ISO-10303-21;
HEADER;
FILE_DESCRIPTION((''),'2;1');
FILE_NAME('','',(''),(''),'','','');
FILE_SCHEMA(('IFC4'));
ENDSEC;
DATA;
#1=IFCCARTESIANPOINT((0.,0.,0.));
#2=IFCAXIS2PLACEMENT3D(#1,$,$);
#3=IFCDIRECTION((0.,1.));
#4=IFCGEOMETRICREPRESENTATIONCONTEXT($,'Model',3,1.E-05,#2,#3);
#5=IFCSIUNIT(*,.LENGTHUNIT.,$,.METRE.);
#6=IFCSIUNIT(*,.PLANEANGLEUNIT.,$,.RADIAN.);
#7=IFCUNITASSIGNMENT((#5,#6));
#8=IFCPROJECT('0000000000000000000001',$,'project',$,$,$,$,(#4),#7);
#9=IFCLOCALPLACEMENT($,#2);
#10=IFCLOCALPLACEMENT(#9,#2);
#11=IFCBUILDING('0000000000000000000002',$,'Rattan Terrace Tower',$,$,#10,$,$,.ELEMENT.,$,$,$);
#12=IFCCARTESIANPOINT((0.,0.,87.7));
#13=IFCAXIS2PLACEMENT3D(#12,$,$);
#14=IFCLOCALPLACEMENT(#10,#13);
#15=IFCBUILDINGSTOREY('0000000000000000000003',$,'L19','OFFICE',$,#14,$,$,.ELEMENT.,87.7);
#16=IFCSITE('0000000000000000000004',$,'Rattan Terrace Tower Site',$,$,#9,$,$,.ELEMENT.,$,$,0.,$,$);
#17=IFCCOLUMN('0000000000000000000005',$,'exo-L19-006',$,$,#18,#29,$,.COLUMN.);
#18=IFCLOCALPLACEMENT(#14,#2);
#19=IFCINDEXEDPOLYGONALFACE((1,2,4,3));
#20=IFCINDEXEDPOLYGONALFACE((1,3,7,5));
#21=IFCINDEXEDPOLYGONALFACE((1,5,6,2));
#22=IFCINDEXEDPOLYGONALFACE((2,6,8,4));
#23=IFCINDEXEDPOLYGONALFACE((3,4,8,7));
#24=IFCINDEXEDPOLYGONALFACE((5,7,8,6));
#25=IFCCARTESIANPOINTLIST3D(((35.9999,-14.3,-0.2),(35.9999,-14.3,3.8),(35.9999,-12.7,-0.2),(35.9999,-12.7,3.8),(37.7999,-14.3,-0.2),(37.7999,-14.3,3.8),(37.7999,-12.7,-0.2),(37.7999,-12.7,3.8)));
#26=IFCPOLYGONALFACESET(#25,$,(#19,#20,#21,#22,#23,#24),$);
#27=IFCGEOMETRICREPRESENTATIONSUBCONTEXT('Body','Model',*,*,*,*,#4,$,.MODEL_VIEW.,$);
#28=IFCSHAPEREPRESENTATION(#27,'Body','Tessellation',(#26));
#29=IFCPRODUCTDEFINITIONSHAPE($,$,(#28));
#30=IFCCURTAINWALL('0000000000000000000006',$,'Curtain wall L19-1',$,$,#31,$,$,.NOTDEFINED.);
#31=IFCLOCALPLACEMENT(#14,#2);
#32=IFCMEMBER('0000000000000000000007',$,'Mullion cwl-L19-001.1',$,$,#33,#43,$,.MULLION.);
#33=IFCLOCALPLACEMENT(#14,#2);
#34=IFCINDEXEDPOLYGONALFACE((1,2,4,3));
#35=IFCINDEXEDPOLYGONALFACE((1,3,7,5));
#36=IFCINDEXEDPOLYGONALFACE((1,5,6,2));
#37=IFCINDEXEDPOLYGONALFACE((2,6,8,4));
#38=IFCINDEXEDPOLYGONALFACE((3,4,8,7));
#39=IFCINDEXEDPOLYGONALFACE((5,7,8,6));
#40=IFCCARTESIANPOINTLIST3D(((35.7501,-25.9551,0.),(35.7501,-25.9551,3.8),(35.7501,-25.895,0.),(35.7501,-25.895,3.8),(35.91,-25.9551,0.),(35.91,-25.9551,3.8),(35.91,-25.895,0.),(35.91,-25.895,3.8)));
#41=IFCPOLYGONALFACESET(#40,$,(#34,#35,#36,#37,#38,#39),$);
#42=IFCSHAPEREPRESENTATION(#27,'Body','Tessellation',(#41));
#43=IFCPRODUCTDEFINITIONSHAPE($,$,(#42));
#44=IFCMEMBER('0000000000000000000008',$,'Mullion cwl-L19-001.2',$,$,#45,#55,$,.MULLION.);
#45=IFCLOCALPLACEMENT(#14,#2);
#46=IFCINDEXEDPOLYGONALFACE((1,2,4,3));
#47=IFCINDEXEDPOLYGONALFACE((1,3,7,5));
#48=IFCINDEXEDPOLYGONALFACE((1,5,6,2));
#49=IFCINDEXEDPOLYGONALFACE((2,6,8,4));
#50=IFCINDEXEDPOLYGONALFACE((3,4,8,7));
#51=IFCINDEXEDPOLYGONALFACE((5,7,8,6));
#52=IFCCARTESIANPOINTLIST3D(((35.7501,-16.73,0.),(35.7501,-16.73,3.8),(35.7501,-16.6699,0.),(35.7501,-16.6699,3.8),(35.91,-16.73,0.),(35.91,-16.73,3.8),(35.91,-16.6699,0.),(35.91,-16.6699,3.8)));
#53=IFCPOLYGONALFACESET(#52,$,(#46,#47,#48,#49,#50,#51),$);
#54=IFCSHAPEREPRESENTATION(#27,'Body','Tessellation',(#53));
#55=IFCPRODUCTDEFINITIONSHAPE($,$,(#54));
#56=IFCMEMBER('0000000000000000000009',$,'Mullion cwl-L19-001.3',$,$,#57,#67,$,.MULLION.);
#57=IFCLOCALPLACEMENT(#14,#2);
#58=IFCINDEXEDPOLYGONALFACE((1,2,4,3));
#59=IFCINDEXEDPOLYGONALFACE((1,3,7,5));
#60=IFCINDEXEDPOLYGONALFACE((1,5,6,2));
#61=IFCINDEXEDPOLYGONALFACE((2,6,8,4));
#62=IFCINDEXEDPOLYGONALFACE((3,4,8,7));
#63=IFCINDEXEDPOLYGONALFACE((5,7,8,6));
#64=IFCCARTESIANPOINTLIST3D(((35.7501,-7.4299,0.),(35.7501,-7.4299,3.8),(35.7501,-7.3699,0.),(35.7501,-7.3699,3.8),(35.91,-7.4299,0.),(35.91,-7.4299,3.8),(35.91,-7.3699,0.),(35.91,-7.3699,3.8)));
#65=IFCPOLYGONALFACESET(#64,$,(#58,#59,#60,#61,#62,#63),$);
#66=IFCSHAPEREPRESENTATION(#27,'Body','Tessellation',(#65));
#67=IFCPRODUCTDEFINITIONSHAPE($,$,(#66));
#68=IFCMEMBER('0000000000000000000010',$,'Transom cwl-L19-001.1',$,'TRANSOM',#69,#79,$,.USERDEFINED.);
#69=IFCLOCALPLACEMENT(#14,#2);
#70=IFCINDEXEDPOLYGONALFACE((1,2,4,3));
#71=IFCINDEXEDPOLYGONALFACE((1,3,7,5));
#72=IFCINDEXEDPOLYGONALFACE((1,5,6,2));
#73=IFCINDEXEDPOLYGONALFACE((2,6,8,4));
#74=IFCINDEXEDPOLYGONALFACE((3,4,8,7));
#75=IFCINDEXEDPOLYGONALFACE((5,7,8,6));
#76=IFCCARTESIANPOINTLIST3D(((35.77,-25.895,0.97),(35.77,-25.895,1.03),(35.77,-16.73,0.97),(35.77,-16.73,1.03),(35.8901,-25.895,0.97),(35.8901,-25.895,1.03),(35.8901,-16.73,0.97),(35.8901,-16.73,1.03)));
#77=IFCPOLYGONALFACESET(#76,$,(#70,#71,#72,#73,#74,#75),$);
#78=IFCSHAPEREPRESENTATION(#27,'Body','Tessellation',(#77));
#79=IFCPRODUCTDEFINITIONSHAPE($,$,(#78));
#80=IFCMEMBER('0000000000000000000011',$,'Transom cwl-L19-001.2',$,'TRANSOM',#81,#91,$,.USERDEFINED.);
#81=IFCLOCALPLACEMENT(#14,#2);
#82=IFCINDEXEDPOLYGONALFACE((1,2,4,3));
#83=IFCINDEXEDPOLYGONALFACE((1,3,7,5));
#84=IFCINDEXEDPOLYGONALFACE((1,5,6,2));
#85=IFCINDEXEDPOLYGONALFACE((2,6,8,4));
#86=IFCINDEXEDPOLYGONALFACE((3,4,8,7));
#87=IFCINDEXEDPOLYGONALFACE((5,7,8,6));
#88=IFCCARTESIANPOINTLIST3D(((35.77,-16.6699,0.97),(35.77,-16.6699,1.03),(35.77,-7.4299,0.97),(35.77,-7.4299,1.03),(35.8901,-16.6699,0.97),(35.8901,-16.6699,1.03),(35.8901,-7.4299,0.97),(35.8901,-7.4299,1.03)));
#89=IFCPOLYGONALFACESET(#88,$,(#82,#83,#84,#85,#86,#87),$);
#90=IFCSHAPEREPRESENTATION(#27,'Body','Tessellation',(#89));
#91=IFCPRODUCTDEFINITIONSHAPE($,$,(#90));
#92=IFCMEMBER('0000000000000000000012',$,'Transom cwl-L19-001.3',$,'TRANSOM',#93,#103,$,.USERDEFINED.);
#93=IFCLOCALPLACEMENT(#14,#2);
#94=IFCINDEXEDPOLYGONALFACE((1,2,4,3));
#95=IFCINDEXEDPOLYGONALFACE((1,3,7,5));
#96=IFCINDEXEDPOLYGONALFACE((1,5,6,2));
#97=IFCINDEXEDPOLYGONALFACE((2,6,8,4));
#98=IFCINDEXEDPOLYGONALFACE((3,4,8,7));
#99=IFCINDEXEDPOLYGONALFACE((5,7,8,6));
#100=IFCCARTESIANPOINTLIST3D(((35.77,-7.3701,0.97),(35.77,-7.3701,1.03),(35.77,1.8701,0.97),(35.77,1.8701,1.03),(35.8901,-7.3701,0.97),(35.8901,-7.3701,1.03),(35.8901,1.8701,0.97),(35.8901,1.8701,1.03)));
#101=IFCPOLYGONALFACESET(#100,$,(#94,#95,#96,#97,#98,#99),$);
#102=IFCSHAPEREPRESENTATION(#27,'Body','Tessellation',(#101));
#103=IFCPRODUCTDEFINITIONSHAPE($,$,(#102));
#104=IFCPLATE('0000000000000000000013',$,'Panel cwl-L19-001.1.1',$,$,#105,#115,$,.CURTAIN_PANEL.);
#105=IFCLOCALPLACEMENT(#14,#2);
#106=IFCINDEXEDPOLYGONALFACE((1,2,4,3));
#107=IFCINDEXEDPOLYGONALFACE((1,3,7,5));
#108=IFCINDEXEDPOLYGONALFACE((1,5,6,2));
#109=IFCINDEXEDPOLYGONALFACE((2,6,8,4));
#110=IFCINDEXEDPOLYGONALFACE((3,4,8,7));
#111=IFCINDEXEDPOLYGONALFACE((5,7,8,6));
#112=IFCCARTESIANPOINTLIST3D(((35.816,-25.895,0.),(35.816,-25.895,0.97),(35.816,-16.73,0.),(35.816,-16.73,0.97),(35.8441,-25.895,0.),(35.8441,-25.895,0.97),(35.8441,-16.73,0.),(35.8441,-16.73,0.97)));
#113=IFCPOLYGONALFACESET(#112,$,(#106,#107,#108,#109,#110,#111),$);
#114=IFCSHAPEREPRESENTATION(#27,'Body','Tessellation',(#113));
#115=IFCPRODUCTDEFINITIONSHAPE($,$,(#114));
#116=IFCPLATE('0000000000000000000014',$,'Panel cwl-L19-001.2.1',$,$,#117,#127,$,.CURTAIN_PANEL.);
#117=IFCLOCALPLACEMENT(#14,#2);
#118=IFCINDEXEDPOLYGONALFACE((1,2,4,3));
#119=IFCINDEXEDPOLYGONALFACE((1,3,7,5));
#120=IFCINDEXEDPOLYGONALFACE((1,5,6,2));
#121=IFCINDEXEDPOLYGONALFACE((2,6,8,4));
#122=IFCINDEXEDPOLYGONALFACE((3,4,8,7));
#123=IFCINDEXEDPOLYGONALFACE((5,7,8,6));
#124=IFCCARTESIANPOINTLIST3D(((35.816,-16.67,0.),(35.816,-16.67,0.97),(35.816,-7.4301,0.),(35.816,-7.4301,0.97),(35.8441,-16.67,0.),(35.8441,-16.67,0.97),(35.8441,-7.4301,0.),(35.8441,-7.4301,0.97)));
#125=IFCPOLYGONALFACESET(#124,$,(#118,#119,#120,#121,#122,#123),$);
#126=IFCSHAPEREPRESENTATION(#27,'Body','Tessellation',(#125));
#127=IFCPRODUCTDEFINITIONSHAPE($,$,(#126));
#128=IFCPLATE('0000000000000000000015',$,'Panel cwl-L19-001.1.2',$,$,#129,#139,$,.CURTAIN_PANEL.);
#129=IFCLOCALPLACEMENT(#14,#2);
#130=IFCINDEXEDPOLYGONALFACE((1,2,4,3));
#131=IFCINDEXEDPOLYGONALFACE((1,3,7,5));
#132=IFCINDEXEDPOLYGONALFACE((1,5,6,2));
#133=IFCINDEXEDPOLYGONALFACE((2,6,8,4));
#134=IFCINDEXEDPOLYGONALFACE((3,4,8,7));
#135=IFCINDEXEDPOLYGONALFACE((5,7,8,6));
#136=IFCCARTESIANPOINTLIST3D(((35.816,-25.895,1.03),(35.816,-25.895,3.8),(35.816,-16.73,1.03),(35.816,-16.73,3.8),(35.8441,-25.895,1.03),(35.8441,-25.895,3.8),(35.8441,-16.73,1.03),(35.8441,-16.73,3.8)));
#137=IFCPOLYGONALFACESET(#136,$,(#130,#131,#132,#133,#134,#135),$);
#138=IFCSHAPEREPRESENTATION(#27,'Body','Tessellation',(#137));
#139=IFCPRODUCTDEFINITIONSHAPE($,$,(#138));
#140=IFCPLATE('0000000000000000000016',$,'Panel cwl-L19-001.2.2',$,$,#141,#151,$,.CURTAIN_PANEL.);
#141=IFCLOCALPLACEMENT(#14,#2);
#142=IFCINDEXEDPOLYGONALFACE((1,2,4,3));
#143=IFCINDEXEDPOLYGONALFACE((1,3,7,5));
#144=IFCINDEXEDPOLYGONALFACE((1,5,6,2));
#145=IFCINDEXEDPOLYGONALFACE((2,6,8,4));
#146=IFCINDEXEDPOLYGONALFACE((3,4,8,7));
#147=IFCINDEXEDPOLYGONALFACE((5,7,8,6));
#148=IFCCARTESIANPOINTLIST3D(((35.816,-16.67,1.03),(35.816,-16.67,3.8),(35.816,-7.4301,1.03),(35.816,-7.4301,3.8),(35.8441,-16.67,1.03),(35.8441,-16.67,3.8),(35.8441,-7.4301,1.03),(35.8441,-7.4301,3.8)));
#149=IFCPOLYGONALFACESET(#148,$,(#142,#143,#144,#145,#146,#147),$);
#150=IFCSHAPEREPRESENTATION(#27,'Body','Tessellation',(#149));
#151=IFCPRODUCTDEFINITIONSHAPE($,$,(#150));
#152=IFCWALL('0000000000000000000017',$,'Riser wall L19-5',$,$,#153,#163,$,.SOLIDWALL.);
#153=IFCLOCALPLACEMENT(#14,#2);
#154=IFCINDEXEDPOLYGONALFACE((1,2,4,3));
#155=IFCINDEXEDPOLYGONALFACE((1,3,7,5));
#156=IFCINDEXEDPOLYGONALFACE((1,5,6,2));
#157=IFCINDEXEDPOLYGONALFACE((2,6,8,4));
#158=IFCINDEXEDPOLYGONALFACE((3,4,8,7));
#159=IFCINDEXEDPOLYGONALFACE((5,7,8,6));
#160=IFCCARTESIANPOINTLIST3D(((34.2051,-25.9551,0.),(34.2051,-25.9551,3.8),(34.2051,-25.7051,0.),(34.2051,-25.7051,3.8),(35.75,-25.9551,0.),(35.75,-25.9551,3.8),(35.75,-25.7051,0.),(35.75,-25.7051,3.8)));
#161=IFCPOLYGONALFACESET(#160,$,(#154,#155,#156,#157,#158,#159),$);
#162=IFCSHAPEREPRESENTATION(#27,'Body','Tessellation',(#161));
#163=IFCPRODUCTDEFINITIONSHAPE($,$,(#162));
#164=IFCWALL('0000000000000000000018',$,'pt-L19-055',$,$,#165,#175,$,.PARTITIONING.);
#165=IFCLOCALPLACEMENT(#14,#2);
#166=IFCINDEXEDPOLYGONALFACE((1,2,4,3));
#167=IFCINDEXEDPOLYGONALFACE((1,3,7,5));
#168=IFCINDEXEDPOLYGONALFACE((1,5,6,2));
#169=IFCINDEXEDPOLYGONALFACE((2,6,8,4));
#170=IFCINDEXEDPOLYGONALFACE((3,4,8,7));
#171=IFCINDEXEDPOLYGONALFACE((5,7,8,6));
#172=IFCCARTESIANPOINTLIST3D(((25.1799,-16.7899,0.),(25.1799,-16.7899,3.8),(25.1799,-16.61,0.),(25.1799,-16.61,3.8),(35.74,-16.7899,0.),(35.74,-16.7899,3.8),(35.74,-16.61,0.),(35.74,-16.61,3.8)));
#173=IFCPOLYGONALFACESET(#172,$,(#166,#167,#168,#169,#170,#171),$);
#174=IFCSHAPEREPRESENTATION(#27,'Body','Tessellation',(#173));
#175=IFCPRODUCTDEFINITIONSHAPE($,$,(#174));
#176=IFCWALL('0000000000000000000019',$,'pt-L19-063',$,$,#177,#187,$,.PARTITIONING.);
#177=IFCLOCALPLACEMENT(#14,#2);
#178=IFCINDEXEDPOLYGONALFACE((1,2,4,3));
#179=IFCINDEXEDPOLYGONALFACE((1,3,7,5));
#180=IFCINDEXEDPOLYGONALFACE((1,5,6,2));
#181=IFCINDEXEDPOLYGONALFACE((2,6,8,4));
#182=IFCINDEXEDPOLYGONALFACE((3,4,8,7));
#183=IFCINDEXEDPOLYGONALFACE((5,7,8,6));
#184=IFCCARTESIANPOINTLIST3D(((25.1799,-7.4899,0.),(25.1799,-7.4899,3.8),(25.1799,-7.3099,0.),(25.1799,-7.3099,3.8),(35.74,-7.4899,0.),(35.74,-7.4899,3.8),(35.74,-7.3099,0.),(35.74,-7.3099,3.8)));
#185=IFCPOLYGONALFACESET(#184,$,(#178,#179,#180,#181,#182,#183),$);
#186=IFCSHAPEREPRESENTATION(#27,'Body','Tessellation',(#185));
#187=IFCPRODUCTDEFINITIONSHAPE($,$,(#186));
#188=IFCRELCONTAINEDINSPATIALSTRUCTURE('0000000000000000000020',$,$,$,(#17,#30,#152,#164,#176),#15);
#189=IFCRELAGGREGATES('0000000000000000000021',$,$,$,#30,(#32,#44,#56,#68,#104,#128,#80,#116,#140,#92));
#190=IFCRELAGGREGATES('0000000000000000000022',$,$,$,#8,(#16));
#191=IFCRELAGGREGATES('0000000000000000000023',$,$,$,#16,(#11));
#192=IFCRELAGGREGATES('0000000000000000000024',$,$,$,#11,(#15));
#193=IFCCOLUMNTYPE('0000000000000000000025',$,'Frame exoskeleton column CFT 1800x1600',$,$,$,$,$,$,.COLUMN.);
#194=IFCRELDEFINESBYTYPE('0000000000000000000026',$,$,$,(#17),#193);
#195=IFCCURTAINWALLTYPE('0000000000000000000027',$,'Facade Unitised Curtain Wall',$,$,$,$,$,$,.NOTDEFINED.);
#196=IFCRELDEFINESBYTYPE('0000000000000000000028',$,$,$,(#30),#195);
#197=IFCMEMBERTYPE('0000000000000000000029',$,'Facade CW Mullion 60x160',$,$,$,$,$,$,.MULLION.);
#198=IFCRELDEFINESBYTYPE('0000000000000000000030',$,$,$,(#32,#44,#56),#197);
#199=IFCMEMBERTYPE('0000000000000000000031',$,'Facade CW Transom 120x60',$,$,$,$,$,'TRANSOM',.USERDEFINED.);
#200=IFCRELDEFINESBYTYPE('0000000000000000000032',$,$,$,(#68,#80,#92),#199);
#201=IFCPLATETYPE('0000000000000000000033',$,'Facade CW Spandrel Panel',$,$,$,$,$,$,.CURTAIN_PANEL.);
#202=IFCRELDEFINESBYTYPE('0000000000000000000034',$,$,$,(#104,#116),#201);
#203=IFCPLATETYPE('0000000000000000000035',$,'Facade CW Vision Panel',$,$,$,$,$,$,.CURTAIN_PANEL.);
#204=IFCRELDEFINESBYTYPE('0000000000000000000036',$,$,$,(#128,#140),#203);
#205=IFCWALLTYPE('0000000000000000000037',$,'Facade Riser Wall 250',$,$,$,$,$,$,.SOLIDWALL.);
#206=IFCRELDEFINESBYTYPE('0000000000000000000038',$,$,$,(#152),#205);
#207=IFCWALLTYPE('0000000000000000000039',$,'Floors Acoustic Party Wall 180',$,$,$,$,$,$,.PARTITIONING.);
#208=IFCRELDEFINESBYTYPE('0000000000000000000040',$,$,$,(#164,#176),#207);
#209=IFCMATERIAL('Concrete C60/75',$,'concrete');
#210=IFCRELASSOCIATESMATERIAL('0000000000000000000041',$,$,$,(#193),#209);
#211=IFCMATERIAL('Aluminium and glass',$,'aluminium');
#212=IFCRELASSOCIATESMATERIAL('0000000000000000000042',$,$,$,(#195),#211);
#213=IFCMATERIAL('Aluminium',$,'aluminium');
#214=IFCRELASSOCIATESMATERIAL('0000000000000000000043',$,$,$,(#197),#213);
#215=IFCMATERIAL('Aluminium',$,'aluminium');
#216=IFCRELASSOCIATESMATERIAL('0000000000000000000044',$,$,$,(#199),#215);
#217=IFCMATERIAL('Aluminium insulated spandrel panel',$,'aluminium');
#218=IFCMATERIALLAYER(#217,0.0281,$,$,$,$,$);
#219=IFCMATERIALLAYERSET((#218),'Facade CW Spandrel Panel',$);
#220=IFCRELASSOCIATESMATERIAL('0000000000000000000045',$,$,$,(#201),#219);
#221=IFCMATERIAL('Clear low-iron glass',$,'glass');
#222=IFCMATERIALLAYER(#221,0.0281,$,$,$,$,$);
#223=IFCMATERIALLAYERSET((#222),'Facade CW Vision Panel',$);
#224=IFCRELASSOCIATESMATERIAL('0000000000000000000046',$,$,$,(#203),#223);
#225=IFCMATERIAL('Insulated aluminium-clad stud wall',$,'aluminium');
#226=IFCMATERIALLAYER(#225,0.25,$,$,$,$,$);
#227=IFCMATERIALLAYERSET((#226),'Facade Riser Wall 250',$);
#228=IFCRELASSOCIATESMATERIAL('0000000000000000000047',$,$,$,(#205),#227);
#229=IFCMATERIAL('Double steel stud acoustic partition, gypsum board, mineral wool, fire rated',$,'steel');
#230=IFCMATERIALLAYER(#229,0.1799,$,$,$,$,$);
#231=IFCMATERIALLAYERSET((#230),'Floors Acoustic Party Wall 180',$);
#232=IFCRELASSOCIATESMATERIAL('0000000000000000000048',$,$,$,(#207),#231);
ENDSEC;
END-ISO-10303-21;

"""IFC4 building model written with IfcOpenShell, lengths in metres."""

from ifc_helpers import new_model, si_unit, direction, frame, frame_2d, origin, origin_2d, place, context, subcontext, project, spatial, rectangle, extrude, material, layer, layer_set, material_profile, profile_set, type_object, element, aggregate, save


model = new_model("IFC4")

# Units and contexts
model_context = context("Model", 3, precision=1e-05, world=origin(), true_north=direction((0.0, 1.0)))
body_context = subcontext(model_context, "Body", "Model", "MODEL_VIEW")
ifc_project = project(units=[si_unit("LENGTHUNIT", "METRE"), si_unit("PLANEANGLEUNIT", "RADIAN")], contexts=[model_context])

# Site, building, storey
site_placement = place(None, origin())
site = spatial("IfcSite", under=ifc_project, at=site_placement, Name="Rattan Terrace Tower Site", CompositionType="ELEMENT", RefElevation=0.0)
building_placement = place(site_placement, origin())
building = spatial("IfcBuilding", under=site, at=building_placement, Name="Rattan Terrace Tower", CompositionType="ELEMENT")
storey_placement = place(building_placement, frame((0.0, 0.0, 87.7)))
storey = spatial("IfcBuildingStorey", under=building, at=storey_placement, Name="L19", Description="OFFICE", CompositionType="ELEMENT", Elevation=87.7)

# Column
ifc_material_1 = material(Name="Concrete C60/75", Category="concrete")
ifc_material_profile_1 = material_profile(ifc_material_1, rectangle(XDim=1.6001, YDim=1.8, at=origin_2d()), Name="CFT 1800x1600")
ifc_profile_set_1 = profile_set([ifc_material_profile_1], Name="Concrete C60/75")
column_type = type_object("IfcColumnType", Name="Frame exoskeleton column CFT 1800x1600", PredefinedType="COLUMN", material=ifc_profile_set_1)
column_placement = place(storey_placement, frame((36.8999, -13.5, -0.2), z_axis=(0.0, 0.0, 1.0), x_axis=(0.0, 1.0, 0.0)))
element("IfcColumn", 1, at=column_placement, inside=storey, type_object=column_type, Name="exo-L19-006", PredefinedType="COLUMN", context=body_context, shape_type="SweptSolid", body=[
    extrude(rectangle(XDim=1.6001, YDim=1.8, at=origin_2d()), origin(), (0.0, 0.0, 1.0), 4.0),
])

# Curtain wall, members, plates
ifc_material_2 = material(Name="Aluminium and glass", Category="aluminium")
curtain_wall_type = type_object("IfcCurtainWallType", Name="Facade Unitised Curtain Wall", PredefinedType="NOTDEFINED", material=ifc_material_2)
curtain_wall_placement = place(storey_placement, origin())
curtain_wall = element("IfcCurtainWall", 2, at=curtain_wall_placement, inside=storey, type_object=curtain_wall_type, Name="Curtain wall L19-1", PredefinedType="NOTDEFINED")
ifc_material_3 = material(Name="Aluminium", Category="aluminium")
ifc_material_profile_2 = material_profile(ifc_material_3, rectangle(XDim=0.0601, YDim=0.1599, at=origin_2d()), Name="Aluminium 60x160")
ifc_profile_set_2 = profile_set([ifc_material_profile_2], Name="Aluminium")
member_type_1 = type_object("IfcMemberType", Name="Facade CW Mullion 60x160", PredefinedType="MULLION", material=ifc_profile_set_2)
member_1_placement = place(storey_placement, frame((35.8301, -25.925, 0.0), z_axis=(0.0, 0.0, 1.0), x_axis=(0.0, 1.0, 0.0)))
member_1 = element("IfcMember", 3, at=member_1_placement, type_object=member_type_1, Name="Mullion cwl-L19-001.1", PredefinedType="MULLION", context=body_context, shape_type="SweptSolid", body=[
    extrude(rectangle(XDim=0.0601, YDim=0.1599, at=origin_2d()), origin(), (0.0, 0.0, 1.0), 3.8),
])
member_2_placement = place(storey_placement, frame((35.8301, -16.7, 0.0), z_axis=(0.0, 0.0, 1.0), x_axis=(0.0, 1.0, 0.0)))
member_2 = element("IfcMember", 4, at=member_2_placement, type_object=member_type_1, Name="Mullion cwl-L19-001.2", PredefinedType="MULLION", context=body_context, shape_type="SweptSolid", body=[
    extrude(rectangle(XDim=0.0601, YDim=0.1599, at=origin_2d()), origin(), (0.0, 0.0, 1.0), 3.8),
])
member_3_placement = place(storey_placement, frame((35.8301, -7.3999, 0.0), z_axis=(0.0, 0.0, 1.0), x_axis=(0.0, 1.0, 0.0)))
member_3 = element("IfcMember", 5, at=member_3_placement, type_object=member_type_1, Name="Mullion cwl-L19-001.3", PredefinedType="MULLION", context=body_context, shape_type="SweptSolid", body=[
    extrude(rectangle(XDim=0.0601, YDim=0.1599, at=origin_2d()), origin(), (0.0, 0.0, 1.0), 3.8),
])
ifc_material_4 = material(Name="Aluminium", Category="aluminium")
ifc_material_profile_3 = material_profile(ifc_material_4, rectangle(XDim=0.1201, YDim=0.0601, at=origin_2d()), Name="Aluminium 120x60")
ifc_profile_set_3 = profile_set([ifc_material_profile_3], Name="Aluminium")
member_type_2 = type_object("IfcMemberType", Name="Facade CW Transom 120x60", ElementType="TRANSOM", PredefinedType="USERDEFINED", material=ifc_profile_set_3)
member_4_placement = place(storey_placement, frame((35.8301, -25.895, 1.0), z_axis=(0.0, 1.0, 0.0), x_axis=(-1.0, 0.0, 0.0)))
member_4 = element("IfcMember", 6, at=member_4_placement, type_object=member_type_2, Name="Transom cwl-L19-001.1", ObjectType="TRANSOM", PredefinedType="USERDEFINED", context=body_context, shape_type="SweptSolid", body=[
    extrude(rectangle(XDim=0.1201, YDim=0.0601, at=origin_2d()), origin(), (0.0, 0.0, 1.0), 9.165),
])
member_5_placement = place(storey_placement, frame((35.8301, -16.6699, 1.0), z_axis=(0.0, 1.0, 0.0), x_axis=(-1.0, 0.0, 0.0)))
member_5 = element("IfcMember", 7, at=member_5_placement, type_object=member_type_2, Name="Transom cwl-L19-001.2", ObjectType="TRANSOM", PredefinedType="USERDEFINED", context=body_context, shape_type="SweptSolid", body=[
    extrude(rectangle(XDim=0.1201, YDim=0.0601, at=origin_2d()), origin(), (0.0, 0.0, 1.0), 9.24),
])
member_6_placement = place(storey_placement, frame((35.8301, -7.3701, 1.0), z_axis=(0.0, 1.0, 0.0), x_axis=(-1.0, 0.0, 0.0)))
member_6 = element("IfcMember", 8, at=member_6_placement, type_object=member_type_2, Name="Transom cwl-L19-001.3", ObjectType="TRANSOM", PredefinedType="USERDEFINED", context=body_context, shape_type="SweptSolid", body=[
    extrude(rectangle(XDim=0.1201, YDim=0.0601, at=origin_2d()), origin(), (0.0, 0.0, 1.0), 9.2402),
])
ifc_material_5 = material(Name="Aluminium insulated spandrel panel", Category="aluminium")
ifc_layer_1 = layer(ifc_material_5, 0.0281)
ifc_layer_set_1 = layer_set([ifc_layer_1], Name="Facade CW Spandrel Panel")
plate_type_1 = type_object("IfcPlateType", Name="Facade CW Spandrel Panel", PredefinedType="CURTAIN_PANEL", material=ifc_layer_set_1)
plate_1_placement = place(storey_placement, frame((35.8301, -21.3125, 0.0), z_axis=(0.0, 0.0, 1.0), x_axis=(0.0, 1.0, 0.0)))
plate_1 = element("IfcPlate", 9, at=plate_1_placement, type_object=plate_type_1, Name="Panel cwl-L19-001.1.1", PredefinedType="CURTAIN_PANEL", context=body_context, shape_type="SweptSolid", body=[
    extrude(rectangle(XDim=9.165, YDim=0.0281, at=origin_2d()), origin(), (0.0, 0.0, 1.0), 0.97),
])
plate_2_placement = place(storey_placement, frame((35.8301, -12.05, 0.0), z_axis=(0.0, 0.0, 1.0), x_axis=(0.0, 1.0, 0.0)))
plate_2 = element("IfcPlate", 10, at=plate_2_placement, type_object=plate_type_1, Name="Panel cwl-L19-001.2.1", PredefinedType="CURTAIN_PANEL", context=body_context, shape_type="SweptSolid", body=[
    extrude(rectangle(XDim=9.24, YDim=0.0281, at=origin_2d()), origin(), (0.0, 0.0, 1.0), 0.97),
])
ifc_material_6 = material(Name="Clear low-iron glass", Category="glass")
ifc_layer_2 = layer(ifc_material_6, 0.0281)
ifc_layer_set_2 = layer_set([ifc_layer_2], Name="Facade CW Vision Panel")
plate_type_2 = type_object("IfcPlateType", Name="Facade CW Vision Panel", PredefinedType="CURTAIN_PANEL", material=ifc_layer_set_2)
plate_3_placement = place(storey_placement, frame((35.8301, -21.3125, 1.03), z_axis=(0.0, 0.0, 1.0), x_axis=(0.0, 1.0, 0.0)))
plate_3 = element("IfcPlate", 11, at=plate_3_placement, type_object=plate_type_2, Name="Panel cwl-L19-001.1.2", PredefinedType="CURTAIN_PANEL", context=body_context, shape_type="SweptSolid", body=[
    extrude(rectangle(XDim=9.165, YDim=0.0281, at=origin_2d()), origin(), (0.0, 0.0, 1.0), 2.77),
])
plate_4_placement = place(storey_placement, frame((35.8301, -12.05, 1.03), z_axis=(0.0, 0.0, 1.0), x_axis=(0.0, 1.0, 0.0)))
plate_4 = element("IfcPlate", 12, at=plate_4_placement, type_object=plate_type_2, Name="Panel cwl-L19-001.2.2", PredefinedType="CURTAIN_PANEL", context=body_context, shape_type="SweptSolid", body=[
    extrude(rectangle(XDim=9.24, YDim=0.0281, at=origin_2d()), origin(), (0.0, 0.0, 1.0), 2.77),
])
aggregate(curtain_wall, [member_1, member_2, member_3, member_4, plate_1, plate_3, member_5, plate_2, plate_4, member_6])

# Walls
ifc_material_7 = material(Name="Insulated aluminium-clad stud wall", Category="aluminium")
ifc_layer_3 = layer(ifc_material_7, 0.25)
ifc_layer_set_3 = layer_set([ifc_layer_3], Name="Facade Riser Wall 250")
wall_type_1 = type_object("IfcWallType", Name="Facade Riser Wall 250", PredefinedType="SOLIDWALL", material=ifc_layer_set_3)
wall_1_placement = place(storey_placement, frame((34.2051, -25.8301, 0.0), z_axis=(0.0, 0.0, 1.0), x_axis=(1.0, 0.0, 0.0)))
element("IfcWall", 13, at=wall_1_placement, inside=storey, type_object=wall_type_1, Name="Riser wall L19-5", PredefinedType="SOLIDWALL", context=body_context, shape_type="SweptSolid", body=[
    extrude(rectangle(XDim=1.5449, YDim=0.25, at=frame_2d((0.7725, 0.0))), origin(), (0.0, 0.0, 1.0), 3.8),
])
ifc_material_8 = material(Name="Double steel stud acoustic partition, gypsum board, mineral wool, fire rated", Category="steel")
ifc_layer_4 = layer(ifc_material_8, 0.1799)
ifc_layer_set_4 = layer_set([ifc_layer_4], Name="Floors Acoustic Party Wall 180")
wall_type_2 = type_object("IfcWallType", Name="Floors Acoustic Party Wall 180", PredefinedType="PARTITIONING", material=ifc_layer_set_4)
for number, where, z_axis, x_axis, name in (
    (14, (25.1799, -16.7, 0.0), (0.0, 0.0, 1.0), (1.0, 0.0, 0.0), "pt-L19-055"),
    (15, (25.1799, -7.3999, 0.0), (0.0, 0.0, 1.0), (1.0, 0.0, 0.0), "pt-L19-063"),
):
    element("IfcWall", number, at=place(storey_placement, frame(where, z_axis=z_axis, x_axis=x_axis)), inside=storey, type_object=wall_type_2, Name=name, PredefinedType="PARTITIONING", context=body_context, shape_type="SweptSolid", body=[
        extrude(rectangle(XDim=10.5601, YDim=0.1799, at=frame_2d((5.28, 0.0))), origin(), (0.0, 0.0, 1.0), 3.8),
    ])

save(model, "model.ifc")
